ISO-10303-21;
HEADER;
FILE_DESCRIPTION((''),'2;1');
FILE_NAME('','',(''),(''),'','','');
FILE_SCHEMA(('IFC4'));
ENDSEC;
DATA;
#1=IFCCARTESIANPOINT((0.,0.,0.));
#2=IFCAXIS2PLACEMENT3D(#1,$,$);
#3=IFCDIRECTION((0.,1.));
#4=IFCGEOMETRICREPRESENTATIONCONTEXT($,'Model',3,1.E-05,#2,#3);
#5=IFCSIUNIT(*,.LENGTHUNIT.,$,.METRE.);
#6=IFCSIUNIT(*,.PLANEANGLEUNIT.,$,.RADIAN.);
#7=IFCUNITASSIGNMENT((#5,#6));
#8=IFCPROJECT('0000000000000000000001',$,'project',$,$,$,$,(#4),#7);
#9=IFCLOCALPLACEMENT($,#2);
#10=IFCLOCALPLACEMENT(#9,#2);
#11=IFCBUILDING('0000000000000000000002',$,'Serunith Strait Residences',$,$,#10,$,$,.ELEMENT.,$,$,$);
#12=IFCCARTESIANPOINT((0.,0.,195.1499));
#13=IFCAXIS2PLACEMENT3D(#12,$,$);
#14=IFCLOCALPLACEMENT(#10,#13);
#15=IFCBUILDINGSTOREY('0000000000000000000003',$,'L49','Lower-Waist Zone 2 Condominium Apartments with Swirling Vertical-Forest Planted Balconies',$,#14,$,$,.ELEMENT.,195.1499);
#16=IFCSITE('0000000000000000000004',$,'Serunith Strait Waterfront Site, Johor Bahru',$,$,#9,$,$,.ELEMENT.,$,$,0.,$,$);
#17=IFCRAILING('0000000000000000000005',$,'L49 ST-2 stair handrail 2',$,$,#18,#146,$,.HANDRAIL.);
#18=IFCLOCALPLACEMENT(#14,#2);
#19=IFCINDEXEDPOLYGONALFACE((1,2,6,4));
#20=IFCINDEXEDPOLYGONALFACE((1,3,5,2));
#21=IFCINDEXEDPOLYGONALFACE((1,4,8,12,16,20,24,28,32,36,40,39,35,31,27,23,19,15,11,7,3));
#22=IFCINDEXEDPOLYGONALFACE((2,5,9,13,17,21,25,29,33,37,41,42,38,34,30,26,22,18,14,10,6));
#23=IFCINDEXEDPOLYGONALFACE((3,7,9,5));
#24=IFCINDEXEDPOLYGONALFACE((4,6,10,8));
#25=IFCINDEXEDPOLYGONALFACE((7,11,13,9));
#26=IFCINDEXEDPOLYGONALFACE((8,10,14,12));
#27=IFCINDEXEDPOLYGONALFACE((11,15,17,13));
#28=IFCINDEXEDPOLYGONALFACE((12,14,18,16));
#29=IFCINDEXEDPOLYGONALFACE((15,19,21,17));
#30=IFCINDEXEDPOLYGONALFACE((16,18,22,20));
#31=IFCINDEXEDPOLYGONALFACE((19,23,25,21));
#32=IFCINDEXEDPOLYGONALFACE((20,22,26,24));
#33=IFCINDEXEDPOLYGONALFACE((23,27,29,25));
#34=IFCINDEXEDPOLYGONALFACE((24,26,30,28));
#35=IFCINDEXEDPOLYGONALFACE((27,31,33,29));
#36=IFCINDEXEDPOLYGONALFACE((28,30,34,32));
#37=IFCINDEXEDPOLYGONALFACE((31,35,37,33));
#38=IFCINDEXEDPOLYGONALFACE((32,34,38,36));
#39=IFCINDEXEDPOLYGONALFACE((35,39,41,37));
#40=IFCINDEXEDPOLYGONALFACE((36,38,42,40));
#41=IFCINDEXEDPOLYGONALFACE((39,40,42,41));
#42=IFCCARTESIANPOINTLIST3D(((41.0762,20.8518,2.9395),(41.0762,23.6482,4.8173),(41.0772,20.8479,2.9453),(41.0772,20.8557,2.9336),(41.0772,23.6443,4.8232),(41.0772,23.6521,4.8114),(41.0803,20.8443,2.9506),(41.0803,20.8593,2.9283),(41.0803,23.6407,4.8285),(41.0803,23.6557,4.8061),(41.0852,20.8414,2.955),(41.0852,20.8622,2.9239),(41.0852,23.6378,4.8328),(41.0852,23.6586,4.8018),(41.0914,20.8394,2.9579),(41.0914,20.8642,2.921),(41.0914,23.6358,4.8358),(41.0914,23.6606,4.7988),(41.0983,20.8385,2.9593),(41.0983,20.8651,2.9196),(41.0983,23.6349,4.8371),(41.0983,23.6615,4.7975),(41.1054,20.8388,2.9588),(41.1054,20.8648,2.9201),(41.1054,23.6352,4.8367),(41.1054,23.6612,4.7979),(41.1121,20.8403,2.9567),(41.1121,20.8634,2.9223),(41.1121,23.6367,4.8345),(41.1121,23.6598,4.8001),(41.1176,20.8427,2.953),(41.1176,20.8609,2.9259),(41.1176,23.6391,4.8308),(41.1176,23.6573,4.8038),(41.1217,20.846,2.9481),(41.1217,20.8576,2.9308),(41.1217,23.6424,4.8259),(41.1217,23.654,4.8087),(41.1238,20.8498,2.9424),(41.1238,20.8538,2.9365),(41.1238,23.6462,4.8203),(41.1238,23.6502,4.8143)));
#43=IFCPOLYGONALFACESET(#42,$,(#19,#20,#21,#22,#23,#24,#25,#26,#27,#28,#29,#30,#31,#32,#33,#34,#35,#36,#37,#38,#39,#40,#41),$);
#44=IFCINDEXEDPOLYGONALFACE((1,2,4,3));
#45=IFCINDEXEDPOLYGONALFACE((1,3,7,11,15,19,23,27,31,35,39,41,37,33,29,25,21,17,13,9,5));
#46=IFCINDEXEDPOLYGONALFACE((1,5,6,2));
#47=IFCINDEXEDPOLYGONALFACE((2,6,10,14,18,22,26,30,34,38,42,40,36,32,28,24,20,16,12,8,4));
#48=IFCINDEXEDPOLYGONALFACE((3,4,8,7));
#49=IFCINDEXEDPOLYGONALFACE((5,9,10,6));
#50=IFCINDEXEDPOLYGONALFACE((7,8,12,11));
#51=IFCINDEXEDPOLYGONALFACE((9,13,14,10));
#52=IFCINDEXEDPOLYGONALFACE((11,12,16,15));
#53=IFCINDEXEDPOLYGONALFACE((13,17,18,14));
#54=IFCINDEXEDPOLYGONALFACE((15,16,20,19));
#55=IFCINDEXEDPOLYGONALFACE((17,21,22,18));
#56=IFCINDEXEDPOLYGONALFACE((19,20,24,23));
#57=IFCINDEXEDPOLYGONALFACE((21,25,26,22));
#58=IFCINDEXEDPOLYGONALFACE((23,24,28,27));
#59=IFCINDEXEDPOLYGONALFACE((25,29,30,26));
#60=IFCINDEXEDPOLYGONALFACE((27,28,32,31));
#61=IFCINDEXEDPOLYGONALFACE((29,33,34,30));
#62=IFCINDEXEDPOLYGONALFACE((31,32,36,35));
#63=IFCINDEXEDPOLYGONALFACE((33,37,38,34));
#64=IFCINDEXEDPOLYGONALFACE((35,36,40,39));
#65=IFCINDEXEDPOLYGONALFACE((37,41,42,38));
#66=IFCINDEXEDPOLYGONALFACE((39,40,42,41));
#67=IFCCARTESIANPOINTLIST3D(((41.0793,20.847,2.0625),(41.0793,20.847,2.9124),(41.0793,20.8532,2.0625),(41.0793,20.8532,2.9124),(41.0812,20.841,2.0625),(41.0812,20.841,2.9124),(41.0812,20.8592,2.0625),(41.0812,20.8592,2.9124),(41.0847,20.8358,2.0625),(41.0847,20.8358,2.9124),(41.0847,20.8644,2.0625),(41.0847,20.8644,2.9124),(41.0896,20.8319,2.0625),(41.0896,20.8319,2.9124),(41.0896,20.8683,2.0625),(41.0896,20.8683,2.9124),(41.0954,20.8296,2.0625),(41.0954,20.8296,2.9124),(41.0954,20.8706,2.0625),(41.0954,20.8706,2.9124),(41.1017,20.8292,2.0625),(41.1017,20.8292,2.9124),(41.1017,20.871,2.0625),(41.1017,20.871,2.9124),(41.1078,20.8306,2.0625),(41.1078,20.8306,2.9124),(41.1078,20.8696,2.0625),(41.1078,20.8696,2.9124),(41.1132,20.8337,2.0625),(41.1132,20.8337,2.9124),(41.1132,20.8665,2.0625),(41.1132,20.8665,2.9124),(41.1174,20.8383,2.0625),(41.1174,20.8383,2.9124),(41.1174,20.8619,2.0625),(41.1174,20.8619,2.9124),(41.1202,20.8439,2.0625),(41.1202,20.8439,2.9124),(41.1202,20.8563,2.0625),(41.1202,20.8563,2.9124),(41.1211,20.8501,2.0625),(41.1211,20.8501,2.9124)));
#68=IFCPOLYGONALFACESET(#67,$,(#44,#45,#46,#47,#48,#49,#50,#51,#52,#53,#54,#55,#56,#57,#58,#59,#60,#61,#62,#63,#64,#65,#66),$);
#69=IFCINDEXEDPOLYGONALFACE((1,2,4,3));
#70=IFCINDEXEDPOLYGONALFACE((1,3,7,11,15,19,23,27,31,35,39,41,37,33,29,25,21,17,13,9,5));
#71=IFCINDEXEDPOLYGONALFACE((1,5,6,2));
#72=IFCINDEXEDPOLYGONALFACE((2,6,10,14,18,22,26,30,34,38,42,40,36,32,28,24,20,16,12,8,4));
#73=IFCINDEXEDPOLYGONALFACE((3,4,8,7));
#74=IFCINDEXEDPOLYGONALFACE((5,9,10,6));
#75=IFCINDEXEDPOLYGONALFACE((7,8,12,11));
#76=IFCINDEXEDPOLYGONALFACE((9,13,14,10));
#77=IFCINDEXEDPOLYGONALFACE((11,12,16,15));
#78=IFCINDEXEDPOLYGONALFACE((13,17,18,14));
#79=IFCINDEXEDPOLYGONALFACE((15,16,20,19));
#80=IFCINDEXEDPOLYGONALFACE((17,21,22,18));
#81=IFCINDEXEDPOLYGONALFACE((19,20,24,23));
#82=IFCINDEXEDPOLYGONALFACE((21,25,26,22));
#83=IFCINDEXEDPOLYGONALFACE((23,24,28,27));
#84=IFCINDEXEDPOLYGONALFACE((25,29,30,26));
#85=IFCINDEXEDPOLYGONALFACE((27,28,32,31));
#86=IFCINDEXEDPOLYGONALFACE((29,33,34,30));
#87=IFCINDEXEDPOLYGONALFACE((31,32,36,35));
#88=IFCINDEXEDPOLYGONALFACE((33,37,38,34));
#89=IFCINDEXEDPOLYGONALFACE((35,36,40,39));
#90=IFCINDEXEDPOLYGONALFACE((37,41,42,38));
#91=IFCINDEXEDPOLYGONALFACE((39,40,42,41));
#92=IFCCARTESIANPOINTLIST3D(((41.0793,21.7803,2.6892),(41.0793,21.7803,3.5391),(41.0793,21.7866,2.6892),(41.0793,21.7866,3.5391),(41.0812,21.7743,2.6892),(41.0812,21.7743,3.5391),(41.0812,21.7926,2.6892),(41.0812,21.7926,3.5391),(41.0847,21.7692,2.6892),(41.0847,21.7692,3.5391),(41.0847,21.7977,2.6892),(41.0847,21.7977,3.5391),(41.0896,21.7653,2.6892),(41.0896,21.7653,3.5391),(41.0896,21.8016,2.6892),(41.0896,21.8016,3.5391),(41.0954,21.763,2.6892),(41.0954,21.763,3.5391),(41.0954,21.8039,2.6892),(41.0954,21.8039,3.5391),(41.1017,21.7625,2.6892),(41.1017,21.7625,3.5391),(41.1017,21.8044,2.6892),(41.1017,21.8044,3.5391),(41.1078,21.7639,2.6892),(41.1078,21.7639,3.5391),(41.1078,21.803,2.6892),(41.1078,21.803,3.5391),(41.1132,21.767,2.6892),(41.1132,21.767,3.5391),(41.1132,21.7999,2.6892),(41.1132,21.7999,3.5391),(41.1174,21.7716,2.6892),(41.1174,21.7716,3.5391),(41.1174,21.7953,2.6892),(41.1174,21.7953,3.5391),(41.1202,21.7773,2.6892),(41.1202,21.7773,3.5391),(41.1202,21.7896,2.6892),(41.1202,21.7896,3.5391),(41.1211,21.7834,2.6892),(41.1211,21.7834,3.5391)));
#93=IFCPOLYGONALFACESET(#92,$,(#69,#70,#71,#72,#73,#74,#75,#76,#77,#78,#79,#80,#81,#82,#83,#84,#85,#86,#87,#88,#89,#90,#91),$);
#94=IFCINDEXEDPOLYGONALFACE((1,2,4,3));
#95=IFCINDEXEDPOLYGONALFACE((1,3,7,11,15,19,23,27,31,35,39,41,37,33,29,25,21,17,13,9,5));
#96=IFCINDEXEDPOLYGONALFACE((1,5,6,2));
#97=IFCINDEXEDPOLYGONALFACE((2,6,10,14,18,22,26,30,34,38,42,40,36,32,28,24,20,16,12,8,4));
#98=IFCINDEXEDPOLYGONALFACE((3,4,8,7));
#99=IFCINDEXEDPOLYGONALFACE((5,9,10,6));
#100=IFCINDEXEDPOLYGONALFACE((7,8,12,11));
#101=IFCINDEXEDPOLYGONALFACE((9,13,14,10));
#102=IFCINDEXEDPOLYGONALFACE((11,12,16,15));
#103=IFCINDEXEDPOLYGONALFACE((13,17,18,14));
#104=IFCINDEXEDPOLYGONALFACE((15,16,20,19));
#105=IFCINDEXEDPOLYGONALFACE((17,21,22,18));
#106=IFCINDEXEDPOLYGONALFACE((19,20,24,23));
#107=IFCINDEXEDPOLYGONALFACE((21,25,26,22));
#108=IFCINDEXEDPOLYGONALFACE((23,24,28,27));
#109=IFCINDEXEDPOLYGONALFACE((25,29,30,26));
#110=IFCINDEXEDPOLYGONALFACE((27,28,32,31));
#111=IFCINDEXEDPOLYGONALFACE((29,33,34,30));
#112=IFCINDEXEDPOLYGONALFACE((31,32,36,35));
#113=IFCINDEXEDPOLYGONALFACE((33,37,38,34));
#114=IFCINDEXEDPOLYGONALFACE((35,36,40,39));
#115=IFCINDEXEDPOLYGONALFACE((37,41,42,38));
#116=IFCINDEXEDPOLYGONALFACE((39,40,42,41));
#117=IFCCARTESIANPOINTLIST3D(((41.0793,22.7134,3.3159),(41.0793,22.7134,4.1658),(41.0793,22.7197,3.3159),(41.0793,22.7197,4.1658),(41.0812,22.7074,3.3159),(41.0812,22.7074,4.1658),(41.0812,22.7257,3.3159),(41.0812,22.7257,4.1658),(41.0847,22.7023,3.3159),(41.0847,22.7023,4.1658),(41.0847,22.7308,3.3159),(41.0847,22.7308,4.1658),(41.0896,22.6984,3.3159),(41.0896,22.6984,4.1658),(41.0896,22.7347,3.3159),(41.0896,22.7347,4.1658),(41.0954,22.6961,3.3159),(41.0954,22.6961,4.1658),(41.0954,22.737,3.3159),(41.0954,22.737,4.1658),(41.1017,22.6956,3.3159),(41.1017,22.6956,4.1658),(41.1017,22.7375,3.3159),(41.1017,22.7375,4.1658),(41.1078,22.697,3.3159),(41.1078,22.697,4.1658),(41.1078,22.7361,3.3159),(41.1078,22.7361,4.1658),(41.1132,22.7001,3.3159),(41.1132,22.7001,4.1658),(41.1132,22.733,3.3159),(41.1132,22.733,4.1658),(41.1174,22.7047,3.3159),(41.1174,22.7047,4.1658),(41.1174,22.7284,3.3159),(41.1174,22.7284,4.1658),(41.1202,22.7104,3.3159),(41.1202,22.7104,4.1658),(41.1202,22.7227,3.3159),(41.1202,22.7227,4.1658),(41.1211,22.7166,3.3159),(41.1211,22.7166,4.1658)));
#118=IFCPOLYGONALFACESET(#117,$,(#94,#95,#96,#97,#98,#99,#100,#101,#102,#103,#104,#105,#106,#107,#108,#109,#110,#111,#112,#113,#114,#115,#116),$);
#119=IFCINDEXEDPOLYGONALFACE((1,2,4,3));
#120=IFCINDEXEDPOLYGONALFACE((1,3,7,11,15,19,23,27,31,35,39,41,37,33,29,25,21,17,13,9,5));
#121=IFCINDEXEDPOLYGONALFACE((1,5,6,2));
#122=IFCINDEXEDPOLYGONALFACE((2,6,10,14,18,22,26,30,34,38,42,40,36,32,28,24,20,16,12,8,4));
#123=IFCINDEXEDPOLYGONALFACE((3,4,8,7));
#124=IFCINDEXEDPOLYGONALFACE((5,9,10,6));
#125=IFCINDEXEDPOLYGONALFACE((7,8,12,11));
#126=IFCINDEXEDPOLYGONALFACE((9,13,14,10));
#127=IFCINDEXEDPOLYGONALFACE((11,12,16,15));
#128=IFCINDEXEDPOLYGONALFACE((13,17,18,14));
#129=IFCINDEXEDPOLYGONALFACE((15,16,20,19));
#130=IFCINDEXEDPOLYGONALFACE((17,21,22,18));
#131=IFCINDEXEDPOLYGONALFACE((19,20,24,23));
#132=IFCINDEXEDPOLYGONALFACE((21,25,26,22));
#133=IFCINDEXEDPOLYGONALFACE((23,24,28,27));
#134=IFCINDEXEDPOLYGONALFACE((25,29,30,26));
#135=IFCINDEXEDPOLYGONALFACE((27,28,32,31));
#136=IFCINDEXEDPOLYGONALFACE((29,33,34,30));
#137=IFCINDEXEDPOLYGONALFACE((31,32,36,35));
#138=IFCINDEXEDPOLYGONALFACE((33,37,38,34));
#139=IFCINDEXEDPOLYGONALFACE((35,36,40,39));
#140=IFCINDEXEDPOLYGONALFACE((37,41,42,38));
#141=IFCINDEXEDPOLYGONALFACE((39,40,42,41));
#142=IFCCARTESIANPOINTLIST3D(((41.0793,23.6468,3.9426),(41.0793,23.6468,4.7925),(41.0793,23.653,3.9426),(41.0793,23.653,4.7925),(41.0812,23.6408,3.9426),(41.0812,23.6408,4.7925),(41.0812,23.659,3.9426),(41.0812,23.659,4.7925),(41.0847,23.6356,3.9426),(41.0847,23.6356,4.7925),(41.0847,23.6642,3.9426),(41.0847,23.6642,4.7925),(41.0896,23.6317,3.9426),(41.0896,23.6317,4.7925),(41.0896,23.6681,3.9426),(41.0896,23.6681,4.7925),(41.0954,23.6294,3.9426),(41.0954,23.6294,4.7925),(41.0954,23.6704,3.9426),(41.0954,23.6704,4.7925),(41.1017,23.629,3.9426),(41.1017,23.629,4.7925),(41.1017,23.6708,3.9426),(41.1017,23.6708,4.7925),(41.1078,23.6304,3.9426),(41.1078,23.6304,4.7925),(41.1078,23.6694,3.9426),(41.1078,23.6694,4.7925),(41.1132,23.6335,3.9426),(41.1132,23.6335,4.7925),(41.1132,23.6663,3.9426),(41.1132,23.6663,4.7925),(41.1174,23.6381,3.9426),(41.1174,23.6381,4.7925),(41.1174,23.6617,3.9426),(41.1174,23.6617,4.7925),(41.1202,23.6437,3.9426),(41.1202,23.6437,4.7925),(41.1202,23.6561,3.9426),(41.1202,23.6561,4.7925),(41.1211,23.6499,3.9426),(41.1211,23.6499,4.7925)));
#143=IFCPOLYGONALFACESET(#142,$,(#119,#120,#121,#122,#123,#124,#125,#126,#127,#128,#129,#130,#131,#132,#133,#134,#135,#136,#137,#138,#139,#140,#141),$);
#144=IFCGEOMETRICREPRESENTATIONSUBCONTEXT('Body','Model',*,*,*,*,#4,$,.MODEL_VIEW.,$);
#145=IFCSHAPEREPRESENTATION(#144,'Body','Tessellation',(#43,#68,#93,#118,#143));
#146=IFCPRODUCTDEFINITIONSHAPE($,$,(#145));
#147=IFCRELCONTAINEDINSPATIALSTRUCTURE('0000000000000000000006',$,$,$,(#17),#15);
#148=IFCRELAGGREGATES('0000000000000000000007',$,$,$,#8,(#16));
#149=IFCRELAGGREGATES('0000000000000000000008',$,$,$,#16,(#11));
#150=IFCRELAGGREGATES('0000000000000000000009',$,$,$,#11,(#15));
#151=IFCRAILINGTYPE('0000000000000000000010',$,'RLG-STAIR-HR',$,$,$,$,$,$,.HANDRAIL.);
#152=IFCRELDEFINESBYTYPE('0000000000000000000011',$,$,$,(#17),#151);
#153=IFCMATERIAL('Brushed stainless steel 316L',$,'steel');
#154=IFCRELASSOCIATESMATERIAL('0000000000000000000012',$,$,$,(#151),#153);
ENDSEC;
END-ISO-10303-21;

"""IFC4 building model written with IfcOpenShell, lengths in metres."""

from ifc_helpers import new_model, si_unit, direction, frame, origin, origin_2d, place, context, subcontext, project, spatial, circle, extrude, material, type_object, element, save


model = new_model("IFC4")

# Units and contexts
model_context = context("Model", 3, precision=1e-05, world=origin(), true_north=direction((0.0, 1.0)))
body_context = subcontext(model_context, "Body", "Model", "MODEL_VIEW")
ifc_project = project(units=[si_unit("LENGTHUNIT", "METRE"), si_unit("PLANEANGLEUNIT", "RADIAN")], contexts=[model_context])

# Site, building, storey
site_placement = place(None, origin())
site = spatial("IfcSite", under=ifc_project, at=site_placement, Name="Serunith Strait Waterfront Site, Johor Bahru", CompositionType="ELEMENT", RefElevation=0.0)
building_placement = place(site_placement, origin())
building = spatial("IfcBuilding", under=site, at=building_placement, Name="Serunith Strait Residences", CompositionType="ELEMENT")
storey_placement = place(building_placement, frame((0.0, 0.0, 195.1499)))
storey = spatial("IfcBuildingStorey", under=building, at=storey_placement, Name="L49", Description="Lower-Waist Zone 2 Condominium Apartments with Swirling Vertical-Forest Planted Balconies", CompositionType="ELEMENT", Elevation=195.1499)

# Railing
ifc_material_1 = material(Name="Brushed stainless steel 316L", Category="steel")
railing_type_1 = type_object("IfcRailingType", Name="RLG-STAIR-HR", PredefinedType="HANDRAIL", material=ifc_material_1)
railing_1_placement = place(storey_placement, frame((41.1001, 20.8501, 2.0625)))
element("IfcRailing", 1, at=railing_1_placement, inside=storey, type_object=railing_type_1, Name="L49 ST-2 stair handrail 2", PredefinedType="HANDRAIL", context=body_context, shape_type="SweptSolid", body=[
    extrude(circle(Radius=0.0239, at=origin_2d()), frame((0.0, 0.0017, 0.877), z_axis=(0.0, 0.830186, 0.557487), x_axis=(-1.0, 0.0, 0.0)), (0.0, 0.0, 1.0), 3.3684),
    extrude(circle(Radius=0.021, at=origin_2d()), origin(), (0.0, 0.0, 1.0), 0.8499),
    extrude(circle(Radius=0.021, at=origin_2d()), frame((0.0, 0.9333, 0.6267)), (0.0, 0.0, 1.0), 0.8499),
    extrude(circle(Radius=0.021, at=origin_2d()), frame((0.0, 1.8665, 1.2534)), (0.0, 0.0, 1.0), 0.8499),
    extrude(circle(Radius=0.021, at=origin_2d()), frame((0.0, 2.7998, 1.8801)), (0.0, 0.0, 1.0), 0.8499),
])

save(model, "model.ifc")
